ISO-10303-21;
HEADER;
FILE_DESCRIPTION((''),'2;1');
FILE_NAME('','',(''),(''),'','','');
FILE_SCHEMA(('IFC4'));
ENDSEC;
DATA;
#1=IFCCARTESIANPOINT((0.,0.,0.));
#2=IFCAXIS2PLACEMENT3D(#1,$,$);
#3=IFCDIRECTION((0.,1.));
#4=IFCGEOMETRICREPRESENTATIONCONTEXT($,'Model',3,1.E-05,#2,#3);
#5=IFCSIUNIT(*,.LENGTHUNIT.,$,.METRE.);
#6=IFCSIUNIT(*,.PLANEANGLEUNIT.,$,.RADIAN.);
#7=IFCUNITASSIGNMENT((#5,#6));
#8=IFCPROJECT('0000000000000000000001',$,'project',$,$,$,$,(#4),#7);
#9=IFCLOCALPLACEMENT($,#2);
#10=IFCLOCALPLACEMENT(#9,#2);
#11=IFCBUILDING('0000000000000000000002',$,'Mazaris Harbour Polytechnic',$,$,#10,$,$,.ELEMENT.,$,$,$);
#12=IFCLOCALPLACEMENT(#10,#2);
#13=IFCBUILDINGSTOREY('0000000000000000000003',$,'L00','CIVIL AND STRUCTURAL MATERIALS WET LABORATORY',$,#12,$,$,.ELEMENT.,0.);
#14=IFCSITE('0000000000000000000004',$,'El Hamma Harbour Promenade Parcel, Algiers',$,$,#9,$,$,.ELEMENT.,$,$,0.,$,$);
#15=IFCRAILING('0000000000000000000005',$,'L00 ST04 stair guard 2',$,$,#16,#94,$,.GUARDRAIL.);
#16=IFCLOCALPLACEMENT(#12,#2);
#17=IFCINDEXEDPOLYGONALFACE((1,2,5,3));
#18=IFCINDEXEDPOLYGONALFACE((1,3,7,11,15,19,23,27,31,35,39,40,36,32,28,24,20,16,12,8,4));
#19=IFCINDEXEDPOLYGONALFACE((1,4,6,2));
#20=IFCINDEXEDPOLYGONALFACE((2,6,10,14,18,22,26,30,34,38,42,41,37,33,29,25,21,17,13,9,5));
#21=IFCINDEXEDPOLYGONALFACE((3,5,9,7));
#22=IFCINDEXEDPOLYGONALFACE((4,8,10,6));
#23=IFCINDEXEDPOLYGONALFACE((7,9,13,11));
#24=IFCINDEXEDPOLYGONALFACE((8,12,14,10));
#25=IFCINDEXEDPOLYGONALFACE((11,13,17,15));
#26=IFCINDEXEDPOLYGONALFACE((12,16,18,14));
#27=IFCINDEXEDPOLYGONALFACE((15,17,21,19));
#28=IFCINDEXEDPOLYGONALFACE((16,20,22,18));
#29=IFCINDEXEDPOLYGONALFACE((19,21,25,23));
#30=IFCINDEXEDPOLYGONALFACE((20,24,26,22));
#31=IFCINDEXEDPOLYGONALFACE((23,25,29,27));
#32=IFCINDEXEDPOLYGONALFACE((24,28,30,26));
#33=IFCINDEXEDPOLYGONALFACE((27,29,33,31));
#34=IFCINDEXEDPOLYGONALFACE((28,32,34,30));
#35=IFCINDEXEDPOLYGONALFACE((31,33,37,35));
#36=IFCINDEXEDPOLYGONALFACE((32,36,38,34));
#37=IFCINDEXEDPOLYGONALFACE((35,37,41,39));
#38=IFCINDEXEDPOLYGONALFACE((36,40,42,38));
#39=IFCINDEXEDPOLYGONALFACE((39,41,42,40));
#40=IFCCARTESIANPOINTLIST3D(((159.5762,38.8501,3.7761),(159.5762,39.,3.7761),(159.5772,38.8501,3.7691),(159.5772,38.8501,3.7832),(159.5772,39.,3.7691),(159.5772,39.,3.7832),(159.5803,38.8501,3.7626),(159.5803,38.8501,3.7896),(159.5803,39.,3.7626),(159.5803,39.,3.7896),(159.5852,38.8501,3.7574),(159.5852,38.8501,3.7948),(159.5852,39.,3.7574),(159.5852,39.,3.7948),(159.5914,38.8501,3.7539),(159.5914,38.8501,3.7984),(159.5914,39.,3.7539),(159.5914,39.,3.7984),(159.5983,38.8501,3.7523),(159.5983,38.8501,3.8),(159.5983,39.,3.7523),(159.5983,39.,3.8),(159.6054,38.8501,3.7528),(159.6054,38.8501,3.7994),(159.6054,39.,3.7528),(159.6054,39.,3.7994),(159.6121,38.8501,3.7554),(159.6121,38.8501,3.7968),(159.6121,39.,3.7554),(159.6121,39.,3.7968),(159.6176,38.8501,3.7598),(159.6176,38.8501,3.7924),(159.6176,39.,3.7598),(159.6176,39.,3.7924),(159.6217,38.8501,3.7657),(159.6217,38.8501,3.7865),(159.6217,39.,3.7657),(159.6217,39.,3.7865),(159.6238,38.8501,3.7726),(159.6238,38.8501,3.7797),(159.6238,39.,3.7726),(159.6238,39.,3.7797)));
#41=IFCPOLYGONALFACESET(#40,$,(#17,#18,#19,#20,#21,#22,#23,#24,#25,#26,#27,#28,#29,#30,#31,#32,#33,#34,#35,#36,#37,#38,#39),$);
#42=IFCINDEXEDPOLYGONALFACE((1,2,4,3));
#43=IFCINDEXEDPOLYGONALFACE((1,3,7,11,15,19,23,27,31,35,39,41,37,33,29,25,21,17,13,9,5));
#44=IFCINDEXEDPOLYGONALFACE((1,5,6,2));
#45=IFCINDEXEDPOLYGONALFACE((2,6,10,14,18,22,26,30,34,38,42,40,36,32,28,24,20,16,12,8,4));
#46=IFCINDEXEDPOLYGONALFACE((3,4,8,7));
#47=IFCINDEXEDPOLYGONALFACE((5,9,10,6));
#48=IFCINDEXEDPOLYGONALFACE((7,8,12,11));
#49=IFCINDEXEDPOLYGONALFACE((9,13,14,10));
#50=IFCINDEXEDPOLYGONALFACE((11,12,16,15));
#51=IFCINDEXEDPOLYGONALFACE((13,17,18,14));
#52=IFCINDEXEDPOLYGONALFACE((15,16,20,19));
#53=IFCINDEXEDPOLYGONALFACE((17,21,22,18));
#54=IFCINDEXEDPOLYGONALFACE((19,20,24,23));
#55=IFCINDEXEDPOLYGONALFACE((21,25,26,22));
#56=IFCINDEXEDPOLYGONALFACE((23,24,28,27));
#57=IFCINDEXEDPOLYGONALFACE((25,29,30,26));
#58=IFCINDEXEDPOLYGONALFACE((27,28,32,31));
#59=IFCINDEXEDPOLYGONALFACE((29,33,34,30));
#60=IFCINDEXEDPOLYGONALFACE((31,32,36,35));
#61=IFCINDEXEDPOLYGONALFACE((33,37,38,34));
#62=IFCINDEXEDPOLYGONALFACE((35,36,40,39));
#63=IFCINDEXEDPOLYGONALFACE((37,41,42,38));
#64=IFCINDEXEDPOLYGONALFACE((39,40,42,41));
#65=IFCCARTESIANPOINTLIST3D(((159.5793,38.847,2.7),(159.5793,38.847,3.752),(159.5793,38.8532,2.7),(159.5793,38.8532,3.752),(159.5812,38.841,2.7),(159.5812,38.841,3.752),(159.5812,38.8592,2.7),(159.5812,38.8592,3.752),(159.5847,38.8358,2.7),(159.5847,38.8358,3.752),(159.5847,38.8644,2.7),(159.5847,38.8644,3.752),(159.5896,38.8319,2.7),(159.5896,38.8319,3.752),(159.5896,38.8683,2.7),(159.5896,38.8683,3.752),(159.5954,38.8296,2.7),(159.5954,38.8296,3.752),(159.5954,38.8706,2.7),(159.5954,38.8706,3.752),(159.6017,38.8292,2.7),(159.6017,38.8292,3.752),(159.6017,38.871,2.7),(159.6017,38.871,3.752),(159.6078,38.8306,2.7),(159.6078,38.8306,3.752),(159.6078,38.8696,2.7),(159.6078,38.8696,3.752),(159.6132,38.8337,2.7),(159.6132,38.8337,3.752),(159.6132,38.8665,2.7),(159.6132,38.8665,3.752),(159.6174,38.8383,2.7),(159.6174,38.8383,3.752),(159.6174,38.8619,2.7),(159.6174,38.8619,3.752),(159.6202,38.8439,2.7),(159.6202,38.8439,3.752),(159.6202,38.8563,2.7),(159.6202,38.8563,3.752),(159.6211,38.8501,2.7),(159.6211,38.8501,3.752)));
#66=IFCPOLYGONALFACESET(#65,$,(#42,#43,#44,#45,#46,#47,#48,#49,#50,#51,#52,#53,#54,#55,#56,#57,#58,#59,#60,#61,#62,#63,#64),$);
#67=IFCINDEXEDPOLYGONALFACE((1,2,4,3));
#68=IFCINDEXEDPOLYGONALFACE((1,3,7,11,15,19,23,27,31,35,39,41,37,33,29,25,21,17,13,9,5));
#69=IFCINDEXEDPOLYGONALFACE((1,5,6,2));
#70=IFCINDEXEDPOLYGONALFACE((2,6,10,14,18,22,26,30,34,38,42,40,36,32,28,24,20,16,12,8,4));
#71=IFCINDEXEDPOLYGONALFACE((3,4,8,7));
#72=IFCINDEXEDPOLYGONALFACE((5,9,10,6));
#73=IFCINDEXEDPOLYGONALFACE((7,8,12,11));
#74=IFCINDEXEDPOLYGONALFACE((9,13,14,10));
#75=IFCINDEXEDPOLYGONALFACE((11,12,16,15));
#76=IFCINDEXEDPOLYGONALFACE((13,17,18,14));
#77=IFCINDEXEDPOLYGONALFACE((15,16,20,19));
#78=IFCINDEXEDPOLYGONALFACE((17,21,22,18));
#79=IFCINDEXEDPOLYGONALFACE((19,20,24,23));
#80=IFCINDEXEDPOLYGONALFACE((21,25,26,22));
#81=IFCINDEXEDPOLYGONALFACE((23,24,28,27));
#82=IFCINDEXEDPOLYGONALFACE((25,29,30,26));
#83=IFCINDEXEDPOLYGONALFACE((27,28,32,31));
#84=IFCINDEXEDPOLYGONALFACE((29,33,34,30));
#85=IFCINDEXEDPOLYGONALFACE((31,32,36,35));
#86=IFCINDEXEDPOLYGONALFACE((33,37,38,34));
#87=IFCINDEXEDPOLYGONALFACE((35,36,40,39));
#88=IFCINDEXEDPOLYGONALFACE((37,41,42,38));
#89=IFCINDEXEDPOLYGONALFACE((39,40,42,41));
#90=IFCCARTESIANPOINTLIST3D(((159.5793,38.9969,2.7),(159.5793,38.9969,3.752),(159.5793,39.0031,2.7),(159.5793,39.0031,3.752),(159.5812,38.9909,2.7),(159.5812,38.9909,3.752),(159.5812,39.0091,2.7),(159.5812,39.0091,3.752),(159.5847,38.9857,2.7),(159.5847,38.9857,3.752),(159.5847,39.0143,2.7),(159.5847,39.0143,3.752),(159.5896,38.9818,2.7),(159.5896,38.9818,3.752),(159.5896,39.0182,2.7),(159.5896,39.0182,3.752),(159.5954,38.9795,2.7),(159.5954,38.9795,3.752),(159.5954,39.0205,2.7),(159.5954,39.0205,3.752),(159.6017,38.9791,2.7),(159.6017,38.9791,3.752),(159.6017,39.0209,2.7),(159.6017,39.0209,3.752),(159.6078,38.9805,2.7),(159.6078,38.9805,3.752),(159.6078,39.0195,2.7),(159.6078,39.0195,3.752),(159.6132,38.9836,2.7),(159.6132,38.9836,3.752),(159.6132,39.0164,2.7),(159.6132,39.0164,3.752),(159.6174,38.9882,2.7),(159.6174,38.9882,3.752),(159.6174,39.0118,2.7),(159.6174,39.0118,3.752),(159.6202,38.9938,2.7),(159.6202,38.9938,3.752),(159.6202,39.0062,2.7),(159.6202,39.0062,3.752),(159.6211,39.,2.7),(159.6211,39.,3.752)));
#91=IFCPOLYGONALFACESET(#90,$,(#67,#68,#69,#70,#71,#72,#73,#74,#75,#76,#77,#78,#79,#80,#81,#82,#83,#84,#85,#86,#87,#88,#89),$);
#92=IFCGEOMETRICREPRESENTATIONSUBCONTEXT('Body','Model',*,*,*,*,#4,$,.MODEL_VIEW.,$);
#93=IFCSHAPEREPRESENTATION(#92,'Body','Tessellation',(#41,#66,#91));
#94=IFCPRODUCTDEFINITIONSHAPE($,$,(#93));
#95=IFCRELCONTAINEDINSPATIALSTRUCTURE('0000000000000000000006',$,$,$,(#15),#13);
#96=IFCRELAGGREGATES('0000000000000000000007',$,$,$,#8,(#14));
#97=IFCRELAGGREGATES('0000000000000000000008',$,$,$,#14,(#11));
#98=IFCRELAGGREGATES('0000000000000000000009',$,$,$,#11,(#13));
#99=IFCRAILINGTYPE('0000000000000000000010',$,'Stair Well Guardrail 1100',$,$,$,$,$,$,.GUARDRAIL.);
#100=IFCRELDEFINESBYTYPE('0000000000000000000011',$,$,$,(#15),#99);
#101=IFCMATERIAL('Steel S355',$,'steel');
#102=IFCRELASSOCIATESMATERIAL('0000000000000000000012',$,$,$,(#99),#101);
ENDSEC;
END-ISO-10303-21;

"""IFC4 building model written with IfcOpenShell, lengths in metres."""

from ifc_helpers import new_model, si_unit, direction, frame, origin, origin_2d, place, context, subcontext, project, spatial, circle, extrude, material, type_object, element, save


model = new_model("IFC4")

# Units and contexts
model_context = context("Model", 3, precision=1e-05, world=origin(), true_north=direction((0.0, 1.0)))
body_context = subcontext(model_context, "Body", "Model", "MODEL_VIEW")
ifc_project = project(units=[si_unit("LENGTHUNIT", "METRE"), si_unit("PLANEANGLEUNIT", "RADIAN")], contexts=[model_context])

# Site, building, storey
site_placement = place(None, origin())
site = spatial("IfcSite", under=ifc_project, at=site_placement, Name="El Hamma Harbour Promenade Parcel, Algiers", CompositionType="ELEMENT", RefElevation=0.0)
building_placement = place(site_placement, origin())
building = spatial("IfcBuilding", under=site, at=building_placement, Name="Mazaris Harbour Polytechnic", CompositionType="ELEMENT")
storey_placement = place(building_placement, origin())
storey = spatial("IfcBuildingStorey", under=building, at=storey_placement, Name="L00", Description="CIVIL AND STRUCTURAL MATERIALS WET LABORATORY", CompositionType="ELEMENT", Elevation=0.0)

# Railing
ifc_material_1 = material(Name="Steel S355", Category="steel")
railing_type_1 = type_object("IfcRailingType", Name="Stair Well Guardrail 1100", PredefinedType="GUARDRAIL", material=ifc_material_1)
railing_1_placement = place(storey_placement, frame((159.6001, 38.8501, 2.7)))
element("IfcRailing", 1, at=railing_1_placement, inside=storey, type_object=railing_type_1, Name="L00 ST04 stair guard 2", PredefinedType="GUARDRAIL", context=body_context, shape_type="SweptSolid", body=[
    extrude(circle(Radius=0.0239, at=origin_2d()), frame((0.0, 0.0, 1.0762), z_axis=(0.0, 1.0, 0.0), x_axis=(-1.0, 0.0, 0.0)), (0.0, 0.0, 1.0), 0.1499),
    extrude(circle(Radius=0.021, at=origin_2d()), origin(), (0.0, 0.0, 1.0), 1.052),
    extrude(circle(Radius=0.021, at=origin_2d()), frame((0.0, 0.1499, 0.0)), (0.0, 0.0, 1.0), 1.052),
])

save(model, "model.ifc")
